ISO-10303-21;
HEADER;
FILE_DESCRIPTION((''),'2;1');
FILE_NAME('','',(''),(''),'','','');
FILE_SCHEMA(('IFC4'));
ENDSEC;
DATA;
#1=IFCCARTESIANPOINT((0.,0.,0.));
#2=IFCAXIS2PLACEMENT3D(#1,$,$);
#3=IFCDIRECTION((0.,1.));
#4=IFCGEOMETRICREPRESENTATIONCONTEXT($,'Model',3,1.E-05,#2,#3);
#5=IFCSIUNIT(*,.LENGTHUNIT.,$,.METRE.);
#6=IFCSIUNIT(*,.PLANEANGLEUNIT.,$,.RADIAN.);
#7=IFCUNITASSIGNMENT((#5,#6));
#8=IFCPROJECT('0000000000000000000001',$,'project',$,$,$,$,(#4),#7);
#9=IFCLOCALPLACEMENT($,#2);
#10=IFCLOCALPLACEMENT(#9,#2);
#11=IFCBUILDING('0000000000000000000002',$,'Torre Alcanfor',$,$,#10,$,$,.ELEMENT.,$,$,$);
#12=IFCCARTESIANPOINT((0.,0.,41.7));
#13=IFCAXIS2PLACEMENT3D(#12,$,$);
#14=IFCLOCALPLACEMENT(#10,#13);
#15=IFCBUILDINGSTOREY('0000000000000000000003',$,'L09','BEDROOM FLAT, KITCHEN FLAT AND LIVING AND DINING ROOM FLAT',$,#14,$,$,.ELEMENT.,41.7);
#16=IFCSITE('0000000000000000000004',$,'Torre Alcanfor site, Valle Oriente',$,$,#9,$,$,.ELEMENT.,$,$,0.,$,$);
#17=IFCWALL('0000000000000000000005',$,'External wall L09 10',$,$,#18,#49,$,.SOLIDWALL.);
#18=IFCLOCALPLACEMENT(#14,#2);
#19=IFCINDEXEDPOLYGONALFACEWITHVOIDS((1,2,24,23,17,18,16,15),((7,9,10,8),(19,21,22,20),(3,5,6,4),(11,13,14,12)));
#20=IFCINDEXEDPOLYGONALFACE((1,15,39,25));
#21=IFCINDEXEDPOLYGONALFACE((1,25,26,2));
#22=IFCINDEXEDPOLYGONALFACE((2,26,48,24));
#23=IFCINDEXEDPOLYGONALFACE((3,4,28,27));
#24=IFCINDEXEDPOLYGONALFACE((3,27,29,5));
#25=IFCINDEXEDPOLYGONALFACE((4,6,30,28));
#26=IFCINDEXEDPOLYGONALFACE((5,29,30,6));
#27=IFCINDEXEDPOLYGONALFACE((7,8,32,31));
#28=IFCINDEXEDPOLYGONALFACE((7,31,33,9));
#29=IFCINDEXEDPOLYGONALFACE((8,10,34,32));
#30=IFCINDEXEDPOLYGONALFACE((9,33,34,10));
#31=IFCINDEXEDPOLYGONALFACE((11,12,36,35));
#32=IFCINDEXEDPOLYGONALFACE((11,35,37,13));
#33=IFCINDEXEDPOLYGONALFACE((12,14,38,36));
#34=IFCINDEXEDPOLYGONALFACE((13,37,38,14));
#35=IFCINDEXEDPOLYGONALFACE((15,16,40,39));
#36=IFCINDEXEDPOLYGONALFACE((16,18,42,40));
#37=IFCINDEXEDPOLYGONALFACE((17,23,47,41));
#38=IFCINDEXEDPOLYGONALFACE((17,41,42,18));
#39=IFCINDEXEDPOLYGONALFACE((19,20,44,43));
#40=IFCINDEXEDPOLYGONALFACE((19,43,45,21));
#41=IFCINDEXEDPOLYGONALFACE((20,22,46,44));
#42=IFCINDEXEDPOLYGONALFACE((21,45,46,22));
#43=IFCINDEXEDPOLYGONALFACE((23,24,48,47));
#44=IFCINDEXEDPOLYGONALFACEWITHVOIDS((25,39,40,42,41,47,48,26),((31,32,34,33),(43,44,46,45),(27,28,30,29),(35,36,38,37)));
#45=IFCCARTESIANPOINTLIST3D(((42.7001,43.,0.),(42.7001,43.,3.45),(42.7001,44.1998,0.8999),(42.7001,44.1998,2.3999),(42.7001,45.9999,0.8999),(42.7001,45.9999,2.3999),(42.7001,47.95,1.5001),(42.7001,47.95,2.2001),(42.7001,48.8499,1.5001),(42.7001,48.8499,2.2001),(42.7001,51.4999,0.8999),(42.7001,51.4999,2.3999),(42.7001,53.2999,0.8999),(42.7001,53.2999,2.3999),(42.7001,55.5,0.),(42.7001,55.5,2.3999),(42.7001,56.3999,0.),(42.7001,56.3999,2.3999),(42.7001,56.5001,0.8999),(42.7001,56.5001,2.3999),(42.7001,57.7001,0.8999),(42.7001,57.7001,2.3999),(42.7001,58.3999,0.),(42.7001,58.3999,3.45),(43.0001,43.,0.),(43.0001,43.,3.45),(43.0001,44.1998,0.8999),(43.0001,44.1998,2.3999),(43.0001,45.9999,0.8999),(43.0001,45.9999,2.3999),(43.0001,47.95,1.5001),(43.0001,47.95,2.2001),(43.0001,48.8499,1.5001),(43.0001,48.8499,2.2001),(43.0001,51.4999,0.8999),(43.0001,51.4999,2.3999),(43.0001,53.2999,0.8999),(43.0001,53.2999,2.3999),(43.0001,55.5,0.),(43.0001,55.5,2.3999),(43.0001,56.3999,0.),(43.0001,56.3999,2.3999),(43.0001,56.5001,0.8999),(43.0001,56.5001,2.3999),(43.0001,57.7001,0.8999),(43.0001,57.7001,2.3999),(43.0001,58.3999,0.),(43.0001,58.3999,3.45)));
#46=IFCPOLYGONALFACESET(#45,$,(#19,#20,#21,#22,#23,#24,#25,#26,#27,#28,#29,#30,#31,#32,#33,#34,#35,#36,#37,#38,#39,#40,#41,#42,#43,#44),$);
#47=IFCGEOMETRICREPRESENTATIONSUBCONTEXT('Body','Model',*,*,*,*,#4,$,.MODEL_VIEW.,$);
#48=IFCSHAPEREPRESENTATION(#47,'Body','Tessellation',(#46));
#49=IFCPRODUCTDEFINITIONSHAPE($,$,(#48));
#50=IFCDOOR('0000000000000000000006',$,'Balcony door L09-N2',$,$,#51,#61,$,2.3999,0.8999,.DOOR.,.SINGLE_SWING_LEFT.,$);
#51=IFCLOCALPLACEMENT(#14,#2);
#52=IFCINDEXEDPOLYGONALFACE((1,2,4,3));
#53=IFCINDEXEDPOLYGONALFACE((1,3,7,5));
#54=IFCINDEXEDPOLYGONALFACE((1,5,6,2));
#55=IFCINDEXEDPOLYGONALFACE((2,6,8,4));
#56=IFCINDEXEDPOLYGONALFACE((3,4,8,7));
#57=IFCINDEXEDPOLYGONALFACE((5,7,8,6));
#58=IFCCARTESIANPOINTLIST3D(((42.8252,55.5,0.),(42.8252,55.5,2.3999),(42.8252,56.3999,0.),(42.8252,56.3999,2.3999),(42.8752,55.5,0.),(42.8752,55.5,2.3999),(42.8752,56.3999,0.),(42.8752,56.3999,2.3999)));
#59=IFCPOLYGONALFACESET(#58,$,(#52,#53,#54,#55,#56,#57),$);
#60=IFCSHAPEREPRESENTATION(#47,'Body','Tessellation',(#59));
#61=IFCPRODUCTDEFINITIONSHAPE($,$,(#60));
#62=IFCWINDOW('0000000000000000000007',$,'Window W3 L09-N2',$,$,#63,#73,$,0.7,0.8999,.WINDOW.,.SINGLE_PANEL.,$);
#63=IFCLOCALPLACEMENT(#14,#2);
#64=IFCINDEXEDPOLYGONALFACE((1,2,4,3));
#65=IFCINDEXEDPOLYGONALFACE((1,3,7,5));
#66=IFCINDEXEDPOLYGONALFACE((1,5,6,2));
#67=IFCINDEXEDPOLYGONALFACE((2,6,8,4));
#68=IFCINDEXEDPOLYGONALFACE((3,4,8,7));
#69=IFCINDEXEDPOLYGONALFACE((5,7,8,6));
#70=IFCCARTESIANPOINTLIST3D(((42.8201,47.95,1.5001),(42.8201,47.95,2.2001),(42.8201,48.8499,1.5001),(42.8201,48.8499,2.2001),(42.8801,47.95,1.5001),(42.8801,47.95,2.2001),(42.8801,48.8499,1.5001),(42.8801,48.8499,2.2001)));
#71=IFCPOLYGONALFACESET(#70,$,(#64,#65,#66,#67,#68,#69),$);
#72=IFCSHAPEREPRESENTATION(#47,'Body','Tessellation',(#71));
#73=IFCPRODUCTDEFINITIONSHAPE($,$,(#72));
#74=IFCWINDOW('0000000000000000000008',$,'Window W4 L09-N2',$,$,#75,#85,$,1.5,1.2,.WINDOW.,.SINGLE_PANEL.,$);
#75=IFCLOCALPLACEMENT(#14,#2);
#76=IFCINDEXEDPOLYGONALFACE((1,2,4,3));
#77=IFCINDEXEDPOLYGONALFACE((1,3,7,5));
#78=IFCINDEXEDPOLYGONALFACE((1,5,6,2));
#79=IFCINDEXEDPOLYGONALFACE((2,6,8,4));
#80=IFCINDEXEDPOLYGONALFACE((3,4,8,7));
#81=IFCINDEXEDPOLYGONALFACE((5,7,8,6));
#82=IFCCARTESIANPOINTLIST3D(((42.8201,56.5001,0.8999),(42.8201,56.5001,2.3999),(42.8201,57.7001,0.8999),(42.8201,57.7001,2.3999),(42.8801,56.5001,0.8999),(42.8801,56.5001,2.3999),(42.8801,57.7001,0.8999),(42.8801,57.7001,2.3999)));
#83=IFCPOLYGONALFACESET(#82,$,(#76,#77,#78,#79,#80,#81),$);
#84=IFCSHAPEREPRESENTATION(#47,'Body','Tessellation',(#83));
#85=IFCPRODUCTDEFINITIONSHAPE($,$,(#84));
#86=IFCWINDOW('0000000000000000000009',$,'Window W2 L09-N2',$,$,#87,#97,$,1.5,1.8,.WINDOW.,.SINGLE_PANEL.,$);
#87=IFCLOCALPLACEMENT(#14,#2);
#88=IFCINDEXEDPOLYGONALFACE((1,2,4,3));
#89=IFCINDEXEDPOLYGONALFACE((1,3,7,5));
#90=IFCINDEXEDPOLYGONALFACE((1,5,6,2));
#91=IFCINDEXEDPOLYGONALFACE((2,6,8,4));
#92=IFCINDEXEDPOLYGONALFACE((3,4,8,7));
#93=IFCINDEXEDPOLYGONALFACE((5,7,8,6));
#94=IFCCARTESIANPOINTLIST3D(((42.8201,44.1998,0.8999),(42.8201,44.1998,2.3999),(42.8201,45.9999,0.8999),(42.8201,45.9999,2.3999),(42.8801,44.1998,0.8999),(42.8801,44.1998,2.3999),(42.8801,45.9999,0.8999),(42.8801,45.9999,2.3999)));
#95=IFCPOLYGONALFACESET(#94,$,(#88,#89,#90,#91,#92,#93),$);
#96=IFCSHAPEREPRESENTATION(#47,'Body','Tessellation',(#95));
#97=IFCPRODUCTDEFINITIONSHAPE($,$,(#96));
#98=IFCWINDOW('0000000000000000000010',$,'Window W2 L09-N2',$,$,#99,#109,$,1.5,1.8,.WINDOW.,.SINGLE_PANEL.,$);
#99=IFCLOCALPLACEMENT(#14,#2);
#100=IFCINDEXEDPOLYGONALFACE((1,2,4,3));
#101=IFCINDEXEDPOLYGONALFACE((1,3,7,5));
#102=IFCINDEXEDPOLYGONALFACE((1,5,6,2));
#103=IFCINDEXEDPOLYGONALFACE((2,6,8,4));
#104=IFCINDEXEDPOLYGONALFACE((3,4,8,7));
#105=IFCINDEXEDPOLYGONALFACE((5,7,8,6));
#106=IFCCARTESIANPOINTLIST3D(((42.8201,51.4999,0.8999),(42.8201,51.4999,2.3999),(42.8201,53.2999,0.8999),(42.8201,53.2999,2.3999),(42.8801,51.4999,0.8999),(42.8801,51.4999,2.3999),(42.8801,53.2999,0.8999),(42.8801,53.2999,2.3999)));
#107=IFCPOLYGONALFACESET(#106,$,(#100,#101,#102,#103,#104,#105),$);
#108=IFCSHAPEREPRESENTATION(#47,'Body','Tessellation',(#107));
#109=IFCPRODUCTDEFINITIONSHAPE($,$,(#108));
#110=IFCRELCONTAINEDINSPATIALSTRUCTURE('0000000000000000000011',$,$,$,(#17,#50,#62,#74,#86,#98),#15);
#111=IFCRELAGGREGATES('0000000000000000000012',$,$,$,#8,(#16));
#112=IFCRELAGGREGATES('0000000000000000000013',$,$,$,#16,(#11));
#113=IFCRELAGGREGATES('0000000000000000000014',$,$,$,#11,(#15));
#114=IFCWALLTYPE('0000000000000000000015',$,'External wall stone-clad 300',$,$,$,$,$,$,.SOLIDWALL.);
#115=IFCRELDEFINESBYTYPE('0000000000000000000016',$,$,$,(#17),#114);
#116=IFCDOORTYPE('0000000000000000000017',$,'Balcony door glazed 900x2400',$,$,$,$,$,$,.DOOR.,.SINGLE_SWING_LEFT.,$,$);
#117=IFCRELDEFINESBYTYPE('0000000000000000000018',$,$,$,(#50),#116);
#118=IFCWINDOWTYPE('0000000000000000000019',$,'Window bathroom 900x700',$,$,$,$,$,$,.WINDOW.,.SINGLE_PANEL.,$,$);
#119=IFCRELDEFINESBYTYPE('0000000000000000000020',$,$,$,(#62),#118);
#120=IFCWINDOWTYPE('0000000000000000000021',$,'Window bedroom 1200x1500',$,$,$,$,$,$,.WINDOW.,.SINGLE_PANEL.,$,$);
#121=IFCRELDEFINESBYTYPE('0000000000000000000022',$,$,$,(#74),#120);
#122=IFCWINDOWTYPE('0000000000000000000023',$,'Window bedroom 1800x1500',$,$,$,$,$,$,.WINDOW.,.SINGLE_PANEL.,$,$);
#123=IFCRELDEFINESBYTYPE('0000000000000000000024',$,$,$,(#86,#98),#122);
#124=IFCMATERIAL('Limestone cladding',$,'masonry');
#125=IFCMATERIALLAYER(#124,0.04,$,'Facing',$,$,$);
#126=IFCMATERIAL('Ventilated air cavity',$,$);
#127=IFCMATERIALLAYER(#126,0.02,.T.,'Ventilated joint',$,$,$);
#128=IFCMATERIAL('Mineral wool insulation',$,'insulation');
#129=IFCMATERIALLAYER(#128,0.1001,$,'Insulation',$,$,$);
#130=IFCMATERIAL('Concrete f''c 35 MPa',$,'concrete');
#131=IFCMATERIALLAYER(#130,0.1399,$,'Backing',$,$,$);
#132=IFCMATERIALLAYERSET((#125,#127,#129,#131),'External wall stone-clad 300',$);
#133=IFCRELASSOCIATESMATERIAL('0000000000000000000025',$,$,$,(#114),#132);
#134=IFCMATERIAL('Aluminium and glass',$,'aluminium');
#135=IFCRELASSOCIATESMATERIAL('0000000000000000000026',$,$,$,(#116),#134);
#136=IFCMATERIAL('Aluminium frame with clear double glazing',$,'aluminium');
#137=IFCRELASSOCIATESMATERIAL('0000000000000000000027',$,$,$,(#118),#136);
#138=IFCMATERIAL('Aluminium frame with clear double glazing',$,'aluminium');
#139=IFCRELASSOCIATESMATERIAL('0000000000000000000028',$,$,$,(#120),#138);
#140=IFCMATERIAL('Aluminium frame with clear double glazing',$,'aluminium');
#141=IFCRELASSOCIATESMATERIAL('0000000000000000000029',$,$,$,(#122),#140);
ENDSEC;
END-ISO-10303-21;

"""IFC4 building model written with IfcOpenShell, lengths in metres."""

from ifc_helpers import new_model, si_unit, direction, frame, frame_2d, origin, place, context, subcontext, project, spatial, rectangle, extrude, material, layer, layer_set, type_object, element, fill, save


model = new_model("IFC4")

# Units and contexts
model_context = context("Model", 3, precision=1e-05, world=origin(), true_north=direction((0.0, 1.0)))
body_context = subcontext(model_context, "Body", "Model", "MODEL_VIEW")
ifc_project = project(units=[si_unit("LENGTHUNIT", "METRE"), si_unit("PLANEANGLEUNIT", "RADIAN")], contexts=[model_context])

# Site, building, storey
site_placement = place(None, origin())
site = spatial("IfcSite", under=ifc_project, at=site_placement, Name="Torre Alcanfor site, Valle Oriente", CompositionType="ELEMENT", RefElevation=0.0)
building_placement = place(site_placement, origin())
building = spatial("IfcBuilding", under=site, at=building_placement, Name="Torre Alcanfor", CompositionType="ELEMENT")
storey_placement = place(building_placement, frame((0.0, 0.0, 41.7)))
storey = spatial("IfcBuildingStorey", under=building, at=storey_placement, Name="L09", Description="BEDROOM FLAT, KITCHEN FLAT AND LIVING AND DINING ROOM FLAT", CompositionType="ELEMENT", Elevation=41.7)

# Wall, openings, door, windows
ifc_material_1 = material(Name="Limestone cladding", Category="masonry")
ifc_layer_1 = layer(ifc_material_1, 0.04, Name="Facing")
ifc_material_2 = material(Name="Ventilated air cavity")
ifc_layer_2 = layer(ifc_material_2, 0.02, ventilated=True, Name="Ventilated joint")
ifc_material_3 = material(Name="Mineral wool insulation", Category="insulation")
ifc_layer_3 = layer(ifc_material_3, 0.1001, Name="Insulation")
ifc_material_4 = material(Name="Concrete f'c 35 MPa", Category="concrete")
ifc_layer_4 = layer(ifc_material_4, 0.1399, Name="Backing")
ifc_layer_set_1 = layer_set([ifc_layer_1, ifc_layer_2, ifc_layer_3, ifc_layer_4], Name="External wall stone-clad 300")
wall_type_1 = type_object("IfcWallType", Name="External wall stone-clad 300", PredefinedType="SOLIDWALL", material=ifc_layer_set_1)
ifc_material_5 = material(Name="Aluminium and glass", Category="aluminium")
door_type = type_object("IfcDoorType", Name="Balcony door glazed 900x2400", OperationType="SINGLE_SWING_LEFT", PredefinedType="DOOR", material=ifc_material_5)
ifc_material_6 = material(Name="Aluminium frame with clear double glazing", Category="aluminium")
window_type_1 = type_object("IfcWindowType", Name="Window bathroom 900x700", PartitioningType="SINGLE_PANEL", PredefinedType="WINDOW", material=ifc_material_6)
ifc_material_7 = material(Name="Aluminium frame with clear double glazing", Category="aluminium")
window_type_2 = type_object("IfcWindowType", Name="Window bedroom 1200x1500", PartitioningType="SINGLE_PANEL", PredefinedType="WINDOW", material=ifc_material_7)
ifc_material_8 = material(Name="Aluminium frame with clear double glazing", Category="aluminium")
window_type_3 = type_object("IfcWindowType", Name="Window bedroom 1800x1500", PartitioningType="SINGLE_PANEL", PredefinedType="WINDOW", material=ifc_material_8)
wall_1_placement = place(storey_placement, frame((42.8501, 43.0, 0.0), z_axis=(0.0, 0.0, 1.0), x_axis=(0.0, 1.0, 0.0)))
wall_1 = element("IfcWall", 1, at=wall_1_placement, inside=storey, type_object=wall_type_1, Name="External wall L09 10", PredefinedType="SOLIDWALL", context=body_context, shape_type="SweptSolid", body=[
    extrude(rectangle(XDim=15.3999, YDim=0.3, at=frame_2d((7.7, 0.0))), origin(), (0.0, 0.0, 1.0), 3.45),
])
opening_1_placement = place(wall_1_placement, frame((1.2, 0.0, 0.8999)))
opening_1 = element("IfcOpeningElement", 2, at=opening_1_placement, cuts=wall_1, PredefinedType="OPENING", context=body_context, shape_type="SweptSolid", body=[
    extrude(rectangle(XDim=1.8, YDim=1.5, at=frame_2d((0.8999, 0.75))), frame((0.0, 0.1599, 0.0), z_axis=(0.0, -1.0, 0.0), x_axis=(1.0, 0.0, 0.0)), (0.0, 0.0, 1.0), 0.3201),
])
opening_2_placement = place(wall_1_placement, frame((4.95, 0.0, 1.5)))
opening_2 = element("IfcOpeningElement", 3, at=opening_2_placement, cuts=wall_1, PredefinedType="OPENING", context=body_context, shape_type="SweptSolid", body=[
    extrude(rectangle(XDim=0.8999, YDim=0.7, at=frame_2d((0.45, 0.3501))), frame((0.0, 0.1599, 0.0), z_axis=(0.0, -1.0, 0.0), x_axis=(1.0, 0.0, 0.0)), (0.0, 0.0, 1.0), 0.3201),
])
opening_3_placement = place(wall_1_placement, frame((8.5, 0.0, 0.8999)))
opening_3 = element("IfcOpeningElement", 4, at=opening_3_placement, cuts=wall_1, PredefinedType="OPENING", context=body_context, shape_type="SweptSolid", body=[
    extrude(rectangle(XDim=1.8, YDim=1.5, at=frame_2d((0.8999, 0.75))), frame((0.0, 0.1599, 0.0), z_axis=(0.0, -1.0, 0.0), x_axis=(1.0, 0.0, 0.0)), (0.0, 0.0, 1.0), 0.3201),
])
opening_4_placement = place(wall_1_placement, frame((12.5, 0.0, 0.0)))
opening_4 = element("IfcOpeningElement", 5, at=opening_4_placement, cuts=wall_1, PredefinedType="OPENING", context=body_context, shape_type="SweptSolid", body=[
    extrude(rectangle(XDim=0.8999, YDim=2.3999, at=frame_2d((0.45, 1.2))), frame((0.0, 0.1599, 0.0), z_axis=(0.0, -1.0, 0.0), x_axis=(1.0, 0.0, 0.0)), (0.0, 0.0, 1.0), 0.3201),
])
opening_5_placement = place(wall_1_placement, frame((13.5, 0.0, 0.8999)))
opening_5 = element("IfcOpeningElement", 6, at=opening_5_placement, cuts=wall_1, PredefinedType="OPENING", context=body_context, shape_type="SweptSolid", body=[
    extrude(rectangle(XDim=1.2, YDim=1.5, at=frame_2d((0.6001, 0.75))), frame((0.0, 0.1599, 0.0), z_axis=(0.0, -1.0, 0.0), x_axis=(1.0, 0.0, 0.0)), (0.0, 0.0, 1.0), 0.3201),
])
door_1_placement = place(opening_4_placement, origin())
door_1 = element("IfcDoor", 7, at=door_1_placement, inside=storey, type_object=door_type, Name="Balcony door L09-N2", OperationType="SINGLE_SWING_LEFT", OverallHeight=2.3999, OverallWidth=0.8999, PredefinedType="DOOR", context=body_context, shape_type="SweptSolid", body=[
    extrude(rectangle(XDim=0.8999, YDim=2.3999, at=frame_2d((0.45, 1.2))), frame((0.0, 0.0249, 0.0), z_axis=(0.0, -1.0, 0.0), x_axis=(1.0, 0.0, 0.0)), (0.0, 0.0, 1.0), 0.05),
])
fill(opening_4, door_1)
window_1_placement = place(opening_2_placement, origin())
window_1 = element("IfcWindow", 8, at=window_1_placement, inside=storey, type_object=window_type_1, Name="Window W3 L09-N2", OverallHeight=0.7, OverallWidth=0.8999, PartitioningType="SINGLE_PANEL", PredefinedType="WINDOW", context=body_context, shape_type="SweptSolid", body=[
    extrude(rectangle(XDim=0.8999, YDim=0.7, at=frame_2d((0.45, 0.3501))), frame((0.0, 0.03, 0.0), z_axis=(0.0, -1.0, 0.0), x_axis=(1.0, 0.0, 0.0)), (0.0, 0.0, 1.0), 0.0601),
])
fill(opening_2, window_1)
window_2_placement = place(opening_5_placement, origin())
window_2 = element("IfcWindow", 9, at=window_2_placement, inside=storey, type_object=window_type_2, Name="Window W4 L09-N2", OverallHeight=1.5, OverallWidth=1.2, PartitioningType="SINGLE_PANEL", PredefinedType="WINDOW", context=body_context, shape_type="SweptSolid", body=[
    extrude(rectangle(XDim=1.2, YDim=1.5, at=frame_2d((0.6001, 0.75))), frame((0.0, 0.03, 0.0), z_axis=(0.0, -1.0, 0.0), x_axis=(1.0, 0.0, 0.0)), (0.0, 0.0, 1.0), 0.0601),
])
fill(opening_5, window_2)
window_3_placement = place(opening_1_placement, origin())
window_3 = element("IfcWindow", 10, at=window_3_placement, inside=storey, type_object=window_type_3, Name="Window W2 L09-N2", OverallHeight=1.5, OverallWidth=1.8, PartitioningType="SINGLE_PANEL", PredefinedType="WINDOW", context=body_context, shape_type="SweptSolid", body=[
    extrude(rectangle(XDim=1.8, YDim=1.5, at=frame_2d((0.8999, 0.75))), frame((0.0, 0.03, 0.0), z_axis=(0.0, -1.0, 0.0), x_axis=(1.0, 0.0, 0.0)), (0.0, 0.0, 1.0), 0.0601),
])
fill(opening_1, window_3)
window_4_placement = place(opening_3_placement, origin())
window_4 = element("IfcWindow", 11, at=window_4_placement, inside=storey, type_object=window_type_3, Name="Window W2 L09-N2", OverallHeight=1.5, OverallWidth=1.8, PartitioningType="SINGLE_PANEL", PredefinedType="WINDOW", context=body_context, shape_type="SweptSolid", body=[
    extrude(rectangle(XDim=1.8, YDim=1.5, at=frame_2d((0.8999, 0.75))), frame((0.0, 0.03, 0.0), z_axis=(0.0, -1.0, 0.0), x_axis=(1.0, 0.0, 0.0)), (0.0, 0.0, 1.0), 0.0601),
])
fill(opening_3, window_4)

save(model, "model.ifc")
